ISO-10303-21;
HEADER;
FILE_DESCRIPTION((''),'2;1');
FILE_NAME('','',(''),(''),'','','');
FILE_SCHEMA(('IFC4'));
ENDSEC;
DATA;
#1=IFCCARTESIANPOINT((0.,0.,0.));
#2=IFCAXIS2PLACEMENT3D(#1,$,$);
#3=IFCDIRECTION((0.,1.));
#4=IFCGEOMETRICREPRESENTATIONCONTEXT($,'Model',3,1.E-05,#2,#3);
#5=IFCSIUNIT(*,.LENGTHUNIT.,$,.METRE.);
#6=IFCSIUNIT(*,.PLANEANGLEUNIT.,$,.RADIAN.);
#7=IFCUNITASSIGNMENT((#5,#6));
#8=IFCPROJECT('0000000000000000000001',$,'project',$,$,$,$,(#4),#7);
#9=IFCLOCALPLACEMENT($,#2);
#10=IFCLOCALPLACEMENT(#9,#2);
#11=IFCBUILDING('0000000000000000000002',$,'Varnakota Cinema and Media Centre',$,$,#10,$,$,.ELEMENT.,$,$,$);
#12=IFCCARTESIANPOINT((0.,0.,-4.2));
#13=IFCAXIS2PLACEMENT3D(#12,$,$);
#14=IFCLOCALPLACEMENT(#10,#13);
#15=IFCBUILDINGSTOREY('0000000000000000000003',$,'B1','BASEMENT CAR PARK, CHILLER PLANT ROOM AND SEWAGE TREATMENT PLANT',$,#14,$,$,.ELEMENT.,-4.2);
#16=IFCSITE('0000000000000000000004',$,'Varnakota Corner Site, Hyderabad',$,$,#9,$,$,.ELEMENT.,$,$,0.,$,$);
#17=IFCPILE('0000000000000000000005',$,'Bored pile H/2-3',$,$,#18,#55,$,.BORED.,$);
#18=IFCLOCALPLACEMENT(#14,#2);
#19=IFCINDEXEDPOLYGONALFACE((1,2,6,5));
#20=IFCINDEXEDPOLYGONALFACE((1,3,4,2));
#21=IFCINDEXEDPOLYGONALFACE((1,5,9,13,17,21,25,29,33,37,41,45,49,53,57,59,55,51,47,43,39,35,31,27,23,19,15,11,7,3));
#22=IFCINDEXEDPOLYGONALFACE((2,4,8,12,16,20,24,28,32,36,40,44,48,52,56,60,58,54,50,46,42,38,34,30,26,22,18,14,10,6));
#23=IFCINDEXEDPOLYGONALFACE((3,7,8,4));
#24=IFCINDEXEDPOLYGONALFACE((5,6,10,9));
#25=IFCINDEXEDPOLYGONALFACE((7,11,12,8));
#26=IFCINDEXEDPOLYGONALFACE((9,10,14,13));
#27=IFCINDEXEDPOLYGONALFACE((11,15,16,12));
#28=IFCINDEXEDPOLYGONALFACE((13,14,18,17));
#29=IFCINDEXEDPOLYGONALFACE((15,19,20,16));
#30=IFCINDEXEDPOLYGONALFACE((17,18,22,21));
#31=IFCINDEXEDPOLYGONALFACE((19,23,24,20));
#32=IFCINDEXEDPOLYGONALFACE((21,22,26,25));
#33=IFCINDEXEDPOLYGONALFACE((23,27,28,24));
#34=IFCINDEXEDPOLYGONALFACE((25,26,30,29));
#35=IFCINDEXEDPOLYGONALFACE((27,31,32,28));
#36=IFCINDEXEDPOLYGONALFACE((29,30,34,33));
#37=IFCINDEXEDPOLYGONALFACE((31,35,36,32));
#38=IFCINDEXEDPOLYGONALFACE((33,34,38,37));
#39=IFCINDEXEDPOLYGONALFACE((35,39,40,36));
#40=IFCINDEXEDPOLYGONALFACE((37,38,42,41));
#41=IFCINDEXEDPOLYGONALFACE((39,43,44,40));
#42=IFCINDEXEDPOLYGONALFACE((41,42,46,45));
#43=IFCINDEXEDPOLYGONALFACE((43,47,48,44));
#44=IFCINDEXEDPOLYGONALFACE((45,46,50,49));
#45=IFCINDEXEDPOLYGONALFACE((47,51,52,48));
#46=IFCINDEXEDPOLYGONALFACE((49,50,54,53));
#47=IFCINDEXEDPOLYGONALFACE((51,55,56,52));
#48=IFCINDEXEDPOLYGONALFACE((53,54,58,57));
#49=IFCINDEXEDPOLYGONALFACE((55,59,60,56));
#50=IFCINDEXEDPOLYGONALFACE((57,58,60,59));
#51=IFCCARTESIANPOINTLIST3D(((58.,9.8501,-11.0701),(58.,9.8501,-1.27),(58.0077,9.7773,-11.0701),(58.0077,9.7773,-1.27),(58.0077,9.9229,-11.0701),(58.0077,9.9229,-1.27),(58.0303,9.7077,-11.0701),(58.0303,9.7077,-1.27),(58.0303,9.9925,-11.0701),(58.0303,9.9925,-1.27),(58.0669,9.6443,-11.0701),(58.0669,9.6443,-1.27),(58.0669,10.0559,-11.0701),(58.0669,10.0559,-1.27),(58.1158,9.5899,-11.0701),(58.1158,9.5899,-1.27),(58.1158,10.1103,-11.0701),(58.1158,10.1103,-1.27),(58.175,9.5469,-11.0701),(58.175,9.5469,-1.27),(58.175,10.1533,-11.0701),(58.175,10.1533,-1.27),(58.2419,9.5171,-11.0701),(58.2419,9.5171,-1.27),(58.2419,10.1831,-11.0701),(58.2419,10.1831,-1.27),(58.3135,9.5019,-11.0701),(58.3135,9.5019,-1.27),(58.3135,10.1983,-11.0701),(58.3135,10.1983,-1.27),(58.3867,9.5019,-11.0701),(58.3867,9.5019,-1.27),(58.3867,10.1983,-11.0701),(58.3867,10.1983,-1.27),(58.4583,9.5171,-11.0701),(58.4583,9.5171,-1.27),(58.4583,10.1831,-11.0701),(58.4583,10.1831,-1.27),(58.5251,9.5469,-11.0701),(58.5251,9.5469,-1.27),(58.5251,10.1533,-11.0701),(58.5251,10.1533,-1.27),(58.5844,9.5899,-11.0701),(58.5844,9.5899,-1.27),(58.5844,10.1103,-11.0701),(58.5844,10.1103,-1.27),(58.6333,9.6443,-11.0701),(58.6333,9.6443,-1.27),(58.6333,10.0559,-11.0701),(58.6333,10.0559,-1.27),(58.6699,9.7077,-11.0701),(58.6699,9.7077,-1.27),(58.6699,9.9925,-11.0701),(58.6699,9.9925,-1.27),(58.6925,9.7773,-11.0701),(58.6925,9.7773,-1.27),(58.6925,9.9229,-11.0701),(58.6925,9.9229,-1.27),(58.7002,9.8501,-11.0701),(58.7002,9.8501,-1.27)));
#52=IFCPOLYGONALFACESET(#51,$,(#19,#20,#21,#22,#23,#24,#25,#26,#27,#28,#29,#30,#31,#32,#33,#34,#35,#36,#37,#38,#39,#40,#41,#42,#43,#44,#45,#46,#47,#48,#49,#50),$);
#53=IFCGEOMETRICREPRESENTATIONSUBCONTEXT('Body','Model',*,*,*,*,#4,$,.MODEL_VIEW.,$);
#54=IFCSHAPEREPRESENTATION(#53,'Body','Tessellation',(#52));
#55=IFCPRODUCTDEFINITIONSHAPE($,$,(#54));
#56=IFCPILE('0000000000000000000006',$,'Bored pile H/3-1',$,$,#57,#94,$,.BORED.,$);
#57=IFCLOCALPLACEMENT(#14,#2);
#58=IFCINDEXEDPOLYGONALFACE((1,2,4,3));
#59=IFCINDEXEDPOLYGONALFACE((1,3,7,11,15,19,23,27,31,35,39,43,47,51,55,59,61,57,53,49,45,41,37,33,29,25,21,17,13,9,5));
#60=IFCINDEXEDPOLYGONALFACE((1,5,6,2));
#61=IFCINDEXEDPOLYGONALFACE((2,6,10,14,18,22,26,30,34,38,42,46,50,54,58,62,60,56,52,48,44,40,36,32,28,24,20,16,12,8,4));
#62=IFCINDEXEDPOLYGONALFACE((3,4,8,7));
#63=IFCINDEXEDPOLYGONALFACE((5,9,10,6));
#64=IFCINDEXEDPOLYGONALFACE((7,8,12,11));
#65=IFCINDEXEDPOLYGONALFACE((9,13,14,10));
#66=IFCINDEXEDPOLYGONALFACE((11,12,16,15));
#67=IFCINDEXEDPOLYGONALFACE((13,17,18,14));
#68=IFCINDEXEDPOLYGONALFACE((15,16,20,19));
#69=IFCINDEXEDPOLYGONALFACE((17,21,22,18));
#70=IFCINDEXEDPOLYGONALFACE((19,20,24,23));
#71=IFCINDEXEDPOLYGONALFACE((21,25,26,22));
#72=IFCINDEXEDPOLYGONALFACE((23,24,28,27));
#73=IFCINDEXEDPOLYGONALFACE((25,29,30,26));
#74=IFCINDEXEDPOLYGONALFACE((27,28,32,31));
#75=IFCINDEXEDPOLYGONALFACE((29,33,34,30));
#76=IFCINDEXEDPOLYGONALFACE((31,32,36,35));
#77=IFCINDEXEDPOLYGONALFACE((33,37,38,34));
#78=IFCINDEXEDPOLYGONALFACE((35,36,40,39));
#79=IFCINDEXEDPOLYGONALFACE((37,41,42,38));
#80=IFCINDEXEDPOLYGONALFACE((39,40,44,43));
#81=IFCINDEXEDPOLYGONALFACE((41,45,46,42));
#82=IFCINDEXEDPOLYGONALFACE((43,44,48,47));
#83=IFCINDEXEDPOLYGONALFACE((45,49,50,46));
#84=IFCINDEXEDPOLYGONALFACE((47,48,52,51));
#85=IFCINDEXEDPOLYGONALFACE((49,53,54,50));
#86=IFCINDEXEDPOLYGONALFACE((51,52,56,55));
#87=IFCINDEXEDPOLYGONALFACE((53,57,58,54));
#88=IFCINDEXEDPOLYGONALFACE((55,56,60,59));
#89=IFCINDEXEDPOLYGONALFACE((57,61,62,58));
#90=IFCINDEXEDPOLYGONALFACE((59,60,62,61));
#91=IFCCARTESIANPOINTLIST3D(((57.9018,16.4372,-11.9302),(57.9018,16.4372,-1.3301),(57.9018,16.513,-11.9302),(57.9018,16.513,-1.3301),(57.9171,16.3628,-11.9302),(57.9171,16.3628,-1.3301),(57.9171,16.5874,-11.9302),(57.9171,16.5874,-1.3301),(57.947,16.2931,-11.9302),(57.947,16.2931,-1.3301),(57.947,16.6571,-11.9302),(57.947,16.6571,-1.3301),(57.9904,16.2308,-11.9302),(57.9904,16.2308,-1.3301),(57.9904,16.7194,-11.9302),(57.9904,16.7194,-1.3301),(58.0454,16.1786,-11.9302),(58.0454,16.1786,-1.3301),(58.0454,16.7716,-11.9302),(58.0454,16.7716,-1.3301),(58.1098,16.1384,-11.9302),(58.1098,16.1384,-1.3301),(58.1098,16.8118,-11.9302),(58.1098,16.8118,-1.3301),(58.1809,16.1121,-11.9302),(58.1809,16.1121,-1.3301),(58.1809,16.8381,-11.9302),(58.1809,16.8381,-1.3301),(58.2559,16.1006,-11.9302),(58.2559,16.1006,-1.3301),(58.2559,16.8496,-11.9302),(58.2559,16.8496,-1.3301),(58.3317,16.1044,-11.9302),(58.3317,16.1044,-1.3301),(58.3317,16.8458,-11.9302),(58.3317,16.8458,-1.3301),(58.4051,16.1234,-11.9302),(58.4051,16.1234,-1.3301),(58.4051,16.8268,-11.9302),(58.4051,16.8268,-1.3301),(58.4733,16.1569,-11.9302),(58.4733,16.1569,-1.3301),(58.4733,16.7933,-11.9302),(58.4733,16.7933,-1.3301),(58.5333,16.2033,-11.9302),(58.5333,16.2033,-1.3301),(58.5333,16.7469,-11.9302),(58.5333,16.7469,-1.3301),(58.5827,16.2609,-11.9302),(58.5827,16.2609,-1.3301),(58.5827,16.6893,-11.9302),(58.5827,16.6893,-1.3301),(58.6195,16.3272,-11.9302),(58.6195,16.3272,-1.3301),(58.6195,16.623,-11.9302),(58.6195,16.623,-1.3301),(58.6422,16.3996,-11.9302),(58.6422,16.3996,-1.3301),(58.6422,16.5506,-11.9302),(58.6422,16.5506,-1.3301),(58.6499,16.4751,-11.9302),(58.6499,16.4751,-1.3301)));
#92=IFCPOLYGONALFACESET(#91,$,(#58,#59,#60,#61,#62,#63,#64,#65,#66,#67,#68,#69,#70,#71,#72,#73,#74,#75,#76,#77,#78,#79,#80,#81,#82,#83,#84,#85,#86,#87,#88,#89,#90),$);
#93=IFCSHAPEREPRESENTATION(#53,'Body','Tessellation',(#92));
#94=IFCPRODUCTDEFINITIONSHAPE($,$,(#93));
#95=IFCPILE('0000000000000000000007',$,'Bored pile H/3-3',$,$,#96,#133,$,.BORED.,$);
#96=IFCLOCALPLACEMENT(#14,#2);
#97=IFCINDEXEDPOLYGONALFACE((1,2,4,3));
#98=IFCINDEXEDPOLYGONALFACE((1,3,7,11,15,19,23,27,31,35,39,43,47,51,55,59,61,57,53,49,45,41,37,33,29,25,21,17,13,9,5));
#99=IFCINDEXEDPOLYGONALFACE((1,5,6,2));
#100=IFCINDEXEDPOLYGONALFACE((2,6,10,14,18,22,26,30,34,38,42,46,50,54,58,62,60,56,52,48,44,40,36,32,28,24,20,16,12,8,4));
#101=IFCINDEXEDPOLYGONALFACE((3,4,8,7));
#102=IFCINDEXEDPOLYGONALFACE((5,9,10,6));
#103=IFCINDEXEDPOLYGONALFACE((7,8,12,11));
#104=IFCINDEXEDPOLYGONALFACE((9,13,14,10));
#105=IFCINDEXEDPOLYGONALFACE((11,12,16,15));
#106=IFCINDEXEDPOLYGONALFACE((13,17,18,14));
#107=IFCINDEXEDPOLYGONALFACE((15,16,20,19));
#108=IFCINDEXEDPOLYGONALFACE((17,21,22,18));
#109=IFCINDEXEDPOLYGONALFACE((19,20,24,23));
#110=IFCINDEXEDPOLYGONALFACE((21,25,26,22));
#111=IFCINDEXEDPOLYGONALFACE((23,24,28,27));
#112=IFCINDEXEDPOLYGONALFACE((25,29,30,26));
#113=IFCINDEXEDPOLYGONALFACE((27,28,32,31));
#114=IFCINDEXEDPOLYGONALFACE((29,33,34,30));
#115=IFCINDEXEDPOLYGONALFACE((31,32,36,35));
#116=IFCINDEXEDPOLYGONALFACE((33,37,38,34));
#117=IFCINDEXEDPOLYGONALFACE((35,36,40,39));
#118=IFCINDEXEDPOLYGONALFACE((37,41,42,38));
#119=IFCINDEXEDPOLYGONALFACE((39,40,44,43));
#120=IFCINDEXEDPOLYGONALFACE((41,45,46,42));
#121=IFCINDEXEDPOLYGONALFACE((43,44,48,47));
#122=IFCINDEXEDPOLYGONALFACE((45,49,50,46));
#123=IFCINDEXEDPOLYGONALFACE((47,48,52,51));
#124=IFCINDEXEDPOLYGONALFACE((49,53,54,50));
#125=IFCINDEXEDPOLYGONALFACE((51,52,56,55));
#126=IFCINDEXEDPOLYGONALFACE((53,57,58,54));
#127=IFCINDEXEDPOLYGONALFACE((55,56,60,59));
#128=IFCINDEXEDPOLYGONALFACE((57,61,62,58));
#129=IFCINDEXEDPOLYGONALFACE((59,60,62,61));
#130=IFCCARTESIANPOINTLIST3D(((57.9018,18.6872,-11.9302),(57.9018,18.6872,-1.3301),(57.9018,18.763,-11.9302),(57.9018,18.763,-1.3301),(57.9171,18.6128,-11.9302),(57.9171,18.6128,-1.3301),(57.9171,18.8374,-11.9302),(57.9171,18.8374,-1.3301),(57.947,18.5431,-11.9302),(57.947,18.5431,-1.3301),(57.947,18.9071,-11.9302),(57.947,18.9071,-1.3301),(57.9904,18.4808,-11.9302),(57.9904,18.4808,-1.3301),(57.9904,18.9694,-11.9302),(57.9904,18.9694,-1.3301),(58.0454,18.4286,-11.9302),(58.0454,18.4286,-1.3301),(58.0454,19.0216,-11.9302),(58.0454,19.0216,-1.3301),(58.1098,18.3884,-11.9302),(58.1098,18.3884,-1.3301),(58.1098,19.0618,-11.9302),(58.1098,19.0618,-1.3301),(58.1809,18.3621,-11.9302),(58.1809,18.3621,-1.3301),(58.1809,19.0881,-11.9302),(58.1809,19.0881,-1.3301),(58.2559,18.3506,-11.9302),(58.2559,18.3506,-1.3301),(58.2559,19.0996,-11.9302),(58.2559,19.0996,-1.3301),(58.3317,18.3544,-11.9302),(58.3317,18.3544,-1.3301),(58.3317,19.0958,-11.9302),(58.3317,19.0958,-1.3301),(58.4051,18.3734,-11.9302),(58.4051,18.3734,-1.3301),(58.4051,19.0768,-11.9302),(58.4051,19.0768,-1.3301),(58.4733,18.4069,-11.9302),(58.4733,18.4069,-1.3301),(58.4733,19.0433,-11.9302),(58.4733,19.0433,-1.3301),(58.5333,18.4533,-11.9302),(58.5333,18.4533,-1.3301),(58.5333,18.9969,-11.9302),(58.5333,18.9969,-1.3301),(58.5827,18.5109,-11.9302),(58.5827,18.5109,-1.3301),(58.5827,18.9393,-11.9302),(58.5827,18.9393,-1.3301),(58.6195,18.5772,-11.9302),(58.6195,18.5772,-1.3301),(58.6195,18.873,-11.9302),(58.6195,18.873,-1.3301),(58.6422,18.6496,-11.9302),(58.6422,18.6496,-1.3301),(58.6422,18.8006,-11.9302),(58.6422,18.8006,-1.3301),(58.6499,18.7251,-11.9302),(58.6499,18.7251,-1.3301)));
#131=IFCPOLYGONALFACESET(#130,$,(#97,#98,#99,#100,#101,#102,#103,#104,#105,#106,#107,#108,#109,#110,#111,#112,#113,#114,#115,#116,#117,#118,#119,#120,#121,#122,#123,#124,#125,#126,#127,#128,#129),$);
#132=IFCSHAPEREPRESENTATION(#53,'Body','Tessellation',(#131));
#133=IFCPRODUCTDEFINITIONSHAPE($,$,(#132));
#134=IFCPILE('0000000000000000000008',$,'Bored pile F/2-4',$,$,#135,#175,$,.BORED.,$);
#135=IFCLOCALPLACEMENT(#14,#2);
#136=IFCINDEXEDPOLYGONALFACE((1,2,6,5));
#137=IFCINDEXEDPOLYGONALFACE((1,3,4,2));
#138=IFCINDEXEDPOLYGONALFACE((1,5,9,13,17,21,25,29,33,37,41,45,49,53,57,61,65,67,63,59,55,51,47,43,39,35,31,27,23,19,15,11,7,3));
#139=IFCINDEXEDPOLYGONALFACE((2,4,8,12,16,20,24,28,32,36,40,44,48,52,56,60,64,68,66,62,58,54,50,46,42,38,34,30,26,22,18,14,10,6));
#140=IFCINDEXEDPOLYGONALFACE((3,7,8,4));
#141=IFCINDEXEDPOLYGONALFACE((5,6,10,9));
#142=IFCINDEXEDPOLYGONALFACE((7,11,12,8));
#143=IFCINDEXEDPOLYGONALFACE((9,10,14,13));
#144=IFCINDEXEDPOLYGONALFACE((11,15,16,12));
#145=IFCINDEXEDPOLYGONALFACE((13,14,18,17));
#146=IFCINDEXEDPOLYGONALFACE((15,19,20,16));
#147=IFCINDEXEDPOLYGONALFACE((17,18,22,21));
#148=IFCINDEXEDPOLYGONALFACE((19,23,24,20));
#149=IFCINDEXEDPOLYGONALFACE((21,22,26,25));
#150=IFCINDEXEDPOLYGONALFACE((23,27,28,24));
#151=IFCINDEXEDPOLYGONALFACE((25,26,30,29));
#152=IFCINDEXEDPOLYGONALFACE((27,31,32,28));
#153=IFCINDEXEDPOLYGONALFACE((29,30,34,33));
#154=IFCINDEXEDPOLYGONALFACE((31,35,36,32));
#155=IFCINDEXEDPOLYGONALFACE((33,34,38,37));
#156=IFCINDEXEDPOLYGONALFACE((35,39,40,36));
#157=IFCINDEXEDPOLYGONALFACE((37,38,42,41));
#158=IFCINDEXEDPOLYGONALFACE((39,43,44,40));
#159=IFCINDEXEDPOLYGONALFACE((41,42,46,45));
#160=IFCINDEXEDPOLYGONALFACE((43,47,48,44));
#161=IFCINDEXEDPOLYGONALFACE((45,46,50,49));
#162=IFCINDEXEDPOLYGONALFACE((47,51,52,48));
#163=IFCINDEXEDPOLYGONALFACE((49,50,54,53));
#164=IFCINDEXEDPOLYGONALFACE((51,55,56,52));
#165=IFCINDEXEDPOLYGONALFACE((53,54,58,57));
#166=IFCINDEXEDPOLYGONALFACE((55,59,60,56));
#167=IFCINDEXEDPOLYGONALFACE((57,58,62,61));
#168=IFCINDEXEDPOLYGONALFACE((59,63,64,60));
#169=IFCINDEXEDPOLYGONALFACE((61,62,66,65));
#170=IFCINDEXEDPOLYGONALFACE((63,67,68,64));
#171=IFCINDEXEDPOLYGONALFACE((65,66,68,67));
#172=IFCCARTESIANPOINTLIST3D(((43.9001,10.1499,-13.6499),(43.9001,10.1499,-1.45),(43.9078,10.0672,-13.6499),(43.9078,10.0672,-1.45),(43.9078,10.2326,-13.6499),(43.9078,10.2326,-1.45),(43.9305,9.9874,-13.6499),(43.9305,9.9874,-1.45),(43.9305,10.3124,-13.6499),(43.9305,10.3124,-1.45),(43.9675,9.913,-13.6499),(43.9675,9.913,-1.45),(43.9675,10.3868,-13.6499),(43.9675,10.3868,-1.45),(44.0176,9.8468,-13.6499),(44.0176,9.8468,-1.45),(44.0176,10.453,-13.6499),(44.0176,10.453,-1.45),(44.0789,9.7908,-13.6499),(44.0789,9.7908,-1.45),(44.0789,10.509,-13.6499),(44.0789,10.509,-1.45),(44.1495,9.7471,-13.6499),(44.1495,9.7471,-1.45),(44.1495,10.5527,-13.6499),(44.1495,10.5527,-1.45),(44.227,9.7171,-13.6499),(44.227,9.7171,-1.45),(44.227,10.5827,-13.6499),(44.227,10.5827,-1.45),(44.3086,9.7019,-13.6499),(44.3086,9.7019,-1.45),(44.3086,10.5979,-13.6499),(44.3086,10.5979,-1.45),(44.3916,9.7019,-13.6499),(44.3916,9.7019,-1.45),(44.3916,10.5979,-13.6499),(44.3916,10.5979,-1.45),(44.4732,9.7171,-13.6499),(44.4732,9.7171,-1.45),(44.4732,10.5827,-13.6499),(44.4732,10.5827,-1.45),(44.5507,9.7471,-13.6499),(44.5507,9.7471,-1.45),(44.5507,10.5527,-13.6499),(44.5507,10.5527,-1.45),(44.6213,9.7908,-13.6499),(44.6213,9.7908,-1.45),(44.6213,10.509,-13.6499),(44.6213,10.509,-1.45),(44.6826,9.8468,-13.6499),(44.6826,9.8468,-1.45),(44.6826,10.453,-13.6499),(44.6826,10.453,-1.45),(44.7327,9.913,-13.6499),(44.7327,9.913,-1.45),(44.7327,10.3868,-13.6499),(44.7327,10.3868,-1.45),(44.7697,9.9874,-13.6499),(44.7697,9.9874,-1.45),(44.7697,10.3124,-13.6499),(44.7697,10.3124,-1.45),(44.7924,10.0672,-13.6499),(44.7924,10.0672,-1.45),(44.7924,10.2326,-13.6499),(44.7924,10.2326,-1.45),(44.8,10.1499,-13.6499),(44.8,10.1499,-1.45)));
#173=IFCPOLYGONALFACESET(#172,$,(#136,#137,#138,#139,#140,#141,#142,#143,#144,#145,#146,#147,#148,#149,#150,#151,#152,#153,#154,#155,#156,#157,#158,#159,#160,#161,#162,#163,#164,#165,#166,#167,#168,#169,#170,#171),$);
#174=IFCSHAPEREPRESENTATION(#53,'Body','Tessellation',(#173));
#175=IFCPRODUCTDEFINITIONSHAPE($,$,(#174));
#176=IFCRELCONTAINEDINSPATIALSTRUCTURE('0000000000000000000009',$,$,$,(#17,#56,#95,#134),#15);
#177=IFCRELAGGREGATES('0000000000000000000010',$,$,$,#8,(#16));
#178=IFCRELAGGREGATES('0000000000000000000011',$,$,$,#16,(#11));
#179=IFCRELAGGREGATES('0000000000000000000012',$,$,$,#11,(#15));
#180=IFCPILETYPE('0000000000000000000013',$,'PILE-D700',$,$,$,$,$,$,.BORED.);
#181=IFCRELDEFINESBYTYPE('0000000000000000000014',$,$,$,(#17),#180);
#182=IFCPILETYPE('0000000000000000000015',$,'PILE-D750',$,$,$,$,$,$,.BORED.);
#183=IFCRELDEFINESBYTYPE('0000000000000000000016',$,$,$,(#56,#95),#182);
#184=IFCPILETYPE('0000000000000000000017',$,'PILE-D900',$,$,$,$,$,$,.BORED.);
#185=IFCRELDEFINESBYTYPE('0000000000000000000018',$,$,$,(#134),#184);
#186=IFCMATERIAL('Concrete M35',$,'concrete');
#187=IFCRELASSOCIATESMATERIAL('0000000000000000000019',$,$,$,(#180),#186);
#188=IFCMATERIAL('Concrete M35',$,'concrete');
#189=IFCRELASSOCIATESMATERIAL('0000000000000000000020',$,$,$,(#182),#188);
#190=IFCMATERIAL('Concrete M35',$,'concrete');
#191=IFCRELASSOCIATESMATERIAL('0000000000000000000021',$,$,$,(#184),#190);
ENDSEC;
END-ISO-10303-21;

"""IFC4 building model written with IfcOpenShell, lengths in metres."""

from ifc_helpers import new_model, si_unit, direction, frame, origin, origin_2d, place, context, subcontext, project, spatial, circle, extrude, material, material_profile, profile_set, type_object, element, save


model = new_model("IFC4")

# Units and contexts
model_context = context("Model", 3, precision=1e-05, world=origin(), true_north=direction((0.0, 1.0)))
body_context = subcontext(model_context, "Body", "Model", "MODEL_VIEW")
ifc_project = project(units=[si_unit("LENGTHUNIT", "METRE"), si_unit("PLANEANGLEUNIT", "RADIAN")], contexts=[model_context])

# Site, building, storey
site_placement = place(None, origin())
site = spatial("IfcSite", under=ifc_project, at=site_placement, Name="Varnakota Corner Site, Hyderabad", CompositionType="ELEMENT", RefElevation=0.0)
building_placement = place(site_placement, origin())
building = spatial("IfcBuilding", under=site, at=building_placement, Name="Varnakota Cinema and Media Centre", CompositionType="ELEMENT")
storey_placement = place(building_placement, frame((0.0, 0.0, -4.2)))
storey = spatial("IfcBuildingStorey", under=building, at=storey_placement, Name="B1", Description="BASEMENT CAR PARK, CHILLER PLANT ROOM AND SEWAGE TREATMENT PLANT", CompositionType="ELEMENT", Elevation=-4.2)

# Piles
ifc_material_1 = material(Name="Concrete M35", Category="concrete")
ifc_material_profile_1 = material_profile(ifc_material_1, circle(Radius=0.3501, at=origin_2d()), Name="PILE D700")
ifc_profile_set_1 = profile_set([ifc_material_profile_1], Name="Concrete M35")
pile_type_1 = type_object("IfcPileType", Name="PILE-D700", PredefinedType="BORED", material=ifc_profile_set_1)
for number, where, z_axis, x_axis, name in (
    (1, (58.3501, 9.8501, -1.27), (0.0, 0.0, -1.0), (1.0, 0.0, 0.0), "Bored pile H/2-3"),
):
    element("IfcPile", number, at=place(storey_placement, frame(where, z_axis=z_axis, x_axis=x_axis)), inside=storey, type_object=pile_type_1, Name=name, PredefinedType="BORED", context=body_context, shape_type="SweptSolid", body=[
        extrude(circle(Radius=0.3501, at=origin_2d()), origin(), (0.0, 0.0, 1.0), 9.8),
    ])
ifc_material_2 = material(Name="Concrete M35", Category="concrete")
ifc_material_profile_2 = material_profile(ifc_material_2, circle(Radius=0.375, at=origin_2d()), Name="PILE D750")
ifc_profile_set_2 = profile_set([ifc_material_profile_2], Name="Concrete M35")
pile_type_2 = type_object("IfcPileType", Name="PILE-D750", PredefinedType="BORED", material=ifc_profile_set_2)
for number, where, z_axis, x_axis, name in (
    (2, (58.2749, 16.4751, -1.3301), (0.0, 0.0, -1.0), (1.0, 0.0, 0.0), "Bored pile H/3-1"),
    (3, (58.2749, 18.7251, -1.3301), (0.0, 0.0, -1.0), (1.0, 0.0, 0.0), "Bored pile H/3-3"),
):
    element("IfcPile", number, at=place(storey_placement, frame(where, z_axis=z_axis, x_axis=x_axis)), inside=storey, type_object=pile_type_2, Name=name, PredefinedType="BORED", context=body_context, shape_type="SweptSolid", body=[
        extrude(circle(Radius=0.375, at=origin_2d()), origin(), (0.0, 0.0, 1.0), 10.6001),
    ])
ifc_material_3 = material(Name="Concrete M35", Category="concrete")
ifc_material_profile_3 = material_profile(ifc_material_3, circle(Radius=0.45, at=origin_2d()), Name="PILE D900")
ifc_profile_set_3 = profile_set([ifc_material_profile_3], Name="Concrete M35")
pile_type_3 = type_object("IfcPileType", Name="PILE-D900", PredefinedType="BORED", material=ifc_profile_set_3)
for number, where, z_axis, x_axis, name in (
    (4, (44.3501, 10.1499, -1.45), (0.0, 0.0, -1.0), (1.0, 0.0, 0.0), "Bored pile F/2-4"),
):
    element("IfcPile", number, at=place(storey_placement, frame(where, z_axis=z_axis, x_axis=x_axis)), inside=storey, type_object=pile_type_3, Name=name, PredefinedType="BORED", context=body_context, shape_type="SweptSolid", body=[
        extrude(circle(Radius=0.45, at=origin_2d()), origin(), (0.0, 0.0, 1.0), 12.2),
    ])

save(model, "model.ifc")
